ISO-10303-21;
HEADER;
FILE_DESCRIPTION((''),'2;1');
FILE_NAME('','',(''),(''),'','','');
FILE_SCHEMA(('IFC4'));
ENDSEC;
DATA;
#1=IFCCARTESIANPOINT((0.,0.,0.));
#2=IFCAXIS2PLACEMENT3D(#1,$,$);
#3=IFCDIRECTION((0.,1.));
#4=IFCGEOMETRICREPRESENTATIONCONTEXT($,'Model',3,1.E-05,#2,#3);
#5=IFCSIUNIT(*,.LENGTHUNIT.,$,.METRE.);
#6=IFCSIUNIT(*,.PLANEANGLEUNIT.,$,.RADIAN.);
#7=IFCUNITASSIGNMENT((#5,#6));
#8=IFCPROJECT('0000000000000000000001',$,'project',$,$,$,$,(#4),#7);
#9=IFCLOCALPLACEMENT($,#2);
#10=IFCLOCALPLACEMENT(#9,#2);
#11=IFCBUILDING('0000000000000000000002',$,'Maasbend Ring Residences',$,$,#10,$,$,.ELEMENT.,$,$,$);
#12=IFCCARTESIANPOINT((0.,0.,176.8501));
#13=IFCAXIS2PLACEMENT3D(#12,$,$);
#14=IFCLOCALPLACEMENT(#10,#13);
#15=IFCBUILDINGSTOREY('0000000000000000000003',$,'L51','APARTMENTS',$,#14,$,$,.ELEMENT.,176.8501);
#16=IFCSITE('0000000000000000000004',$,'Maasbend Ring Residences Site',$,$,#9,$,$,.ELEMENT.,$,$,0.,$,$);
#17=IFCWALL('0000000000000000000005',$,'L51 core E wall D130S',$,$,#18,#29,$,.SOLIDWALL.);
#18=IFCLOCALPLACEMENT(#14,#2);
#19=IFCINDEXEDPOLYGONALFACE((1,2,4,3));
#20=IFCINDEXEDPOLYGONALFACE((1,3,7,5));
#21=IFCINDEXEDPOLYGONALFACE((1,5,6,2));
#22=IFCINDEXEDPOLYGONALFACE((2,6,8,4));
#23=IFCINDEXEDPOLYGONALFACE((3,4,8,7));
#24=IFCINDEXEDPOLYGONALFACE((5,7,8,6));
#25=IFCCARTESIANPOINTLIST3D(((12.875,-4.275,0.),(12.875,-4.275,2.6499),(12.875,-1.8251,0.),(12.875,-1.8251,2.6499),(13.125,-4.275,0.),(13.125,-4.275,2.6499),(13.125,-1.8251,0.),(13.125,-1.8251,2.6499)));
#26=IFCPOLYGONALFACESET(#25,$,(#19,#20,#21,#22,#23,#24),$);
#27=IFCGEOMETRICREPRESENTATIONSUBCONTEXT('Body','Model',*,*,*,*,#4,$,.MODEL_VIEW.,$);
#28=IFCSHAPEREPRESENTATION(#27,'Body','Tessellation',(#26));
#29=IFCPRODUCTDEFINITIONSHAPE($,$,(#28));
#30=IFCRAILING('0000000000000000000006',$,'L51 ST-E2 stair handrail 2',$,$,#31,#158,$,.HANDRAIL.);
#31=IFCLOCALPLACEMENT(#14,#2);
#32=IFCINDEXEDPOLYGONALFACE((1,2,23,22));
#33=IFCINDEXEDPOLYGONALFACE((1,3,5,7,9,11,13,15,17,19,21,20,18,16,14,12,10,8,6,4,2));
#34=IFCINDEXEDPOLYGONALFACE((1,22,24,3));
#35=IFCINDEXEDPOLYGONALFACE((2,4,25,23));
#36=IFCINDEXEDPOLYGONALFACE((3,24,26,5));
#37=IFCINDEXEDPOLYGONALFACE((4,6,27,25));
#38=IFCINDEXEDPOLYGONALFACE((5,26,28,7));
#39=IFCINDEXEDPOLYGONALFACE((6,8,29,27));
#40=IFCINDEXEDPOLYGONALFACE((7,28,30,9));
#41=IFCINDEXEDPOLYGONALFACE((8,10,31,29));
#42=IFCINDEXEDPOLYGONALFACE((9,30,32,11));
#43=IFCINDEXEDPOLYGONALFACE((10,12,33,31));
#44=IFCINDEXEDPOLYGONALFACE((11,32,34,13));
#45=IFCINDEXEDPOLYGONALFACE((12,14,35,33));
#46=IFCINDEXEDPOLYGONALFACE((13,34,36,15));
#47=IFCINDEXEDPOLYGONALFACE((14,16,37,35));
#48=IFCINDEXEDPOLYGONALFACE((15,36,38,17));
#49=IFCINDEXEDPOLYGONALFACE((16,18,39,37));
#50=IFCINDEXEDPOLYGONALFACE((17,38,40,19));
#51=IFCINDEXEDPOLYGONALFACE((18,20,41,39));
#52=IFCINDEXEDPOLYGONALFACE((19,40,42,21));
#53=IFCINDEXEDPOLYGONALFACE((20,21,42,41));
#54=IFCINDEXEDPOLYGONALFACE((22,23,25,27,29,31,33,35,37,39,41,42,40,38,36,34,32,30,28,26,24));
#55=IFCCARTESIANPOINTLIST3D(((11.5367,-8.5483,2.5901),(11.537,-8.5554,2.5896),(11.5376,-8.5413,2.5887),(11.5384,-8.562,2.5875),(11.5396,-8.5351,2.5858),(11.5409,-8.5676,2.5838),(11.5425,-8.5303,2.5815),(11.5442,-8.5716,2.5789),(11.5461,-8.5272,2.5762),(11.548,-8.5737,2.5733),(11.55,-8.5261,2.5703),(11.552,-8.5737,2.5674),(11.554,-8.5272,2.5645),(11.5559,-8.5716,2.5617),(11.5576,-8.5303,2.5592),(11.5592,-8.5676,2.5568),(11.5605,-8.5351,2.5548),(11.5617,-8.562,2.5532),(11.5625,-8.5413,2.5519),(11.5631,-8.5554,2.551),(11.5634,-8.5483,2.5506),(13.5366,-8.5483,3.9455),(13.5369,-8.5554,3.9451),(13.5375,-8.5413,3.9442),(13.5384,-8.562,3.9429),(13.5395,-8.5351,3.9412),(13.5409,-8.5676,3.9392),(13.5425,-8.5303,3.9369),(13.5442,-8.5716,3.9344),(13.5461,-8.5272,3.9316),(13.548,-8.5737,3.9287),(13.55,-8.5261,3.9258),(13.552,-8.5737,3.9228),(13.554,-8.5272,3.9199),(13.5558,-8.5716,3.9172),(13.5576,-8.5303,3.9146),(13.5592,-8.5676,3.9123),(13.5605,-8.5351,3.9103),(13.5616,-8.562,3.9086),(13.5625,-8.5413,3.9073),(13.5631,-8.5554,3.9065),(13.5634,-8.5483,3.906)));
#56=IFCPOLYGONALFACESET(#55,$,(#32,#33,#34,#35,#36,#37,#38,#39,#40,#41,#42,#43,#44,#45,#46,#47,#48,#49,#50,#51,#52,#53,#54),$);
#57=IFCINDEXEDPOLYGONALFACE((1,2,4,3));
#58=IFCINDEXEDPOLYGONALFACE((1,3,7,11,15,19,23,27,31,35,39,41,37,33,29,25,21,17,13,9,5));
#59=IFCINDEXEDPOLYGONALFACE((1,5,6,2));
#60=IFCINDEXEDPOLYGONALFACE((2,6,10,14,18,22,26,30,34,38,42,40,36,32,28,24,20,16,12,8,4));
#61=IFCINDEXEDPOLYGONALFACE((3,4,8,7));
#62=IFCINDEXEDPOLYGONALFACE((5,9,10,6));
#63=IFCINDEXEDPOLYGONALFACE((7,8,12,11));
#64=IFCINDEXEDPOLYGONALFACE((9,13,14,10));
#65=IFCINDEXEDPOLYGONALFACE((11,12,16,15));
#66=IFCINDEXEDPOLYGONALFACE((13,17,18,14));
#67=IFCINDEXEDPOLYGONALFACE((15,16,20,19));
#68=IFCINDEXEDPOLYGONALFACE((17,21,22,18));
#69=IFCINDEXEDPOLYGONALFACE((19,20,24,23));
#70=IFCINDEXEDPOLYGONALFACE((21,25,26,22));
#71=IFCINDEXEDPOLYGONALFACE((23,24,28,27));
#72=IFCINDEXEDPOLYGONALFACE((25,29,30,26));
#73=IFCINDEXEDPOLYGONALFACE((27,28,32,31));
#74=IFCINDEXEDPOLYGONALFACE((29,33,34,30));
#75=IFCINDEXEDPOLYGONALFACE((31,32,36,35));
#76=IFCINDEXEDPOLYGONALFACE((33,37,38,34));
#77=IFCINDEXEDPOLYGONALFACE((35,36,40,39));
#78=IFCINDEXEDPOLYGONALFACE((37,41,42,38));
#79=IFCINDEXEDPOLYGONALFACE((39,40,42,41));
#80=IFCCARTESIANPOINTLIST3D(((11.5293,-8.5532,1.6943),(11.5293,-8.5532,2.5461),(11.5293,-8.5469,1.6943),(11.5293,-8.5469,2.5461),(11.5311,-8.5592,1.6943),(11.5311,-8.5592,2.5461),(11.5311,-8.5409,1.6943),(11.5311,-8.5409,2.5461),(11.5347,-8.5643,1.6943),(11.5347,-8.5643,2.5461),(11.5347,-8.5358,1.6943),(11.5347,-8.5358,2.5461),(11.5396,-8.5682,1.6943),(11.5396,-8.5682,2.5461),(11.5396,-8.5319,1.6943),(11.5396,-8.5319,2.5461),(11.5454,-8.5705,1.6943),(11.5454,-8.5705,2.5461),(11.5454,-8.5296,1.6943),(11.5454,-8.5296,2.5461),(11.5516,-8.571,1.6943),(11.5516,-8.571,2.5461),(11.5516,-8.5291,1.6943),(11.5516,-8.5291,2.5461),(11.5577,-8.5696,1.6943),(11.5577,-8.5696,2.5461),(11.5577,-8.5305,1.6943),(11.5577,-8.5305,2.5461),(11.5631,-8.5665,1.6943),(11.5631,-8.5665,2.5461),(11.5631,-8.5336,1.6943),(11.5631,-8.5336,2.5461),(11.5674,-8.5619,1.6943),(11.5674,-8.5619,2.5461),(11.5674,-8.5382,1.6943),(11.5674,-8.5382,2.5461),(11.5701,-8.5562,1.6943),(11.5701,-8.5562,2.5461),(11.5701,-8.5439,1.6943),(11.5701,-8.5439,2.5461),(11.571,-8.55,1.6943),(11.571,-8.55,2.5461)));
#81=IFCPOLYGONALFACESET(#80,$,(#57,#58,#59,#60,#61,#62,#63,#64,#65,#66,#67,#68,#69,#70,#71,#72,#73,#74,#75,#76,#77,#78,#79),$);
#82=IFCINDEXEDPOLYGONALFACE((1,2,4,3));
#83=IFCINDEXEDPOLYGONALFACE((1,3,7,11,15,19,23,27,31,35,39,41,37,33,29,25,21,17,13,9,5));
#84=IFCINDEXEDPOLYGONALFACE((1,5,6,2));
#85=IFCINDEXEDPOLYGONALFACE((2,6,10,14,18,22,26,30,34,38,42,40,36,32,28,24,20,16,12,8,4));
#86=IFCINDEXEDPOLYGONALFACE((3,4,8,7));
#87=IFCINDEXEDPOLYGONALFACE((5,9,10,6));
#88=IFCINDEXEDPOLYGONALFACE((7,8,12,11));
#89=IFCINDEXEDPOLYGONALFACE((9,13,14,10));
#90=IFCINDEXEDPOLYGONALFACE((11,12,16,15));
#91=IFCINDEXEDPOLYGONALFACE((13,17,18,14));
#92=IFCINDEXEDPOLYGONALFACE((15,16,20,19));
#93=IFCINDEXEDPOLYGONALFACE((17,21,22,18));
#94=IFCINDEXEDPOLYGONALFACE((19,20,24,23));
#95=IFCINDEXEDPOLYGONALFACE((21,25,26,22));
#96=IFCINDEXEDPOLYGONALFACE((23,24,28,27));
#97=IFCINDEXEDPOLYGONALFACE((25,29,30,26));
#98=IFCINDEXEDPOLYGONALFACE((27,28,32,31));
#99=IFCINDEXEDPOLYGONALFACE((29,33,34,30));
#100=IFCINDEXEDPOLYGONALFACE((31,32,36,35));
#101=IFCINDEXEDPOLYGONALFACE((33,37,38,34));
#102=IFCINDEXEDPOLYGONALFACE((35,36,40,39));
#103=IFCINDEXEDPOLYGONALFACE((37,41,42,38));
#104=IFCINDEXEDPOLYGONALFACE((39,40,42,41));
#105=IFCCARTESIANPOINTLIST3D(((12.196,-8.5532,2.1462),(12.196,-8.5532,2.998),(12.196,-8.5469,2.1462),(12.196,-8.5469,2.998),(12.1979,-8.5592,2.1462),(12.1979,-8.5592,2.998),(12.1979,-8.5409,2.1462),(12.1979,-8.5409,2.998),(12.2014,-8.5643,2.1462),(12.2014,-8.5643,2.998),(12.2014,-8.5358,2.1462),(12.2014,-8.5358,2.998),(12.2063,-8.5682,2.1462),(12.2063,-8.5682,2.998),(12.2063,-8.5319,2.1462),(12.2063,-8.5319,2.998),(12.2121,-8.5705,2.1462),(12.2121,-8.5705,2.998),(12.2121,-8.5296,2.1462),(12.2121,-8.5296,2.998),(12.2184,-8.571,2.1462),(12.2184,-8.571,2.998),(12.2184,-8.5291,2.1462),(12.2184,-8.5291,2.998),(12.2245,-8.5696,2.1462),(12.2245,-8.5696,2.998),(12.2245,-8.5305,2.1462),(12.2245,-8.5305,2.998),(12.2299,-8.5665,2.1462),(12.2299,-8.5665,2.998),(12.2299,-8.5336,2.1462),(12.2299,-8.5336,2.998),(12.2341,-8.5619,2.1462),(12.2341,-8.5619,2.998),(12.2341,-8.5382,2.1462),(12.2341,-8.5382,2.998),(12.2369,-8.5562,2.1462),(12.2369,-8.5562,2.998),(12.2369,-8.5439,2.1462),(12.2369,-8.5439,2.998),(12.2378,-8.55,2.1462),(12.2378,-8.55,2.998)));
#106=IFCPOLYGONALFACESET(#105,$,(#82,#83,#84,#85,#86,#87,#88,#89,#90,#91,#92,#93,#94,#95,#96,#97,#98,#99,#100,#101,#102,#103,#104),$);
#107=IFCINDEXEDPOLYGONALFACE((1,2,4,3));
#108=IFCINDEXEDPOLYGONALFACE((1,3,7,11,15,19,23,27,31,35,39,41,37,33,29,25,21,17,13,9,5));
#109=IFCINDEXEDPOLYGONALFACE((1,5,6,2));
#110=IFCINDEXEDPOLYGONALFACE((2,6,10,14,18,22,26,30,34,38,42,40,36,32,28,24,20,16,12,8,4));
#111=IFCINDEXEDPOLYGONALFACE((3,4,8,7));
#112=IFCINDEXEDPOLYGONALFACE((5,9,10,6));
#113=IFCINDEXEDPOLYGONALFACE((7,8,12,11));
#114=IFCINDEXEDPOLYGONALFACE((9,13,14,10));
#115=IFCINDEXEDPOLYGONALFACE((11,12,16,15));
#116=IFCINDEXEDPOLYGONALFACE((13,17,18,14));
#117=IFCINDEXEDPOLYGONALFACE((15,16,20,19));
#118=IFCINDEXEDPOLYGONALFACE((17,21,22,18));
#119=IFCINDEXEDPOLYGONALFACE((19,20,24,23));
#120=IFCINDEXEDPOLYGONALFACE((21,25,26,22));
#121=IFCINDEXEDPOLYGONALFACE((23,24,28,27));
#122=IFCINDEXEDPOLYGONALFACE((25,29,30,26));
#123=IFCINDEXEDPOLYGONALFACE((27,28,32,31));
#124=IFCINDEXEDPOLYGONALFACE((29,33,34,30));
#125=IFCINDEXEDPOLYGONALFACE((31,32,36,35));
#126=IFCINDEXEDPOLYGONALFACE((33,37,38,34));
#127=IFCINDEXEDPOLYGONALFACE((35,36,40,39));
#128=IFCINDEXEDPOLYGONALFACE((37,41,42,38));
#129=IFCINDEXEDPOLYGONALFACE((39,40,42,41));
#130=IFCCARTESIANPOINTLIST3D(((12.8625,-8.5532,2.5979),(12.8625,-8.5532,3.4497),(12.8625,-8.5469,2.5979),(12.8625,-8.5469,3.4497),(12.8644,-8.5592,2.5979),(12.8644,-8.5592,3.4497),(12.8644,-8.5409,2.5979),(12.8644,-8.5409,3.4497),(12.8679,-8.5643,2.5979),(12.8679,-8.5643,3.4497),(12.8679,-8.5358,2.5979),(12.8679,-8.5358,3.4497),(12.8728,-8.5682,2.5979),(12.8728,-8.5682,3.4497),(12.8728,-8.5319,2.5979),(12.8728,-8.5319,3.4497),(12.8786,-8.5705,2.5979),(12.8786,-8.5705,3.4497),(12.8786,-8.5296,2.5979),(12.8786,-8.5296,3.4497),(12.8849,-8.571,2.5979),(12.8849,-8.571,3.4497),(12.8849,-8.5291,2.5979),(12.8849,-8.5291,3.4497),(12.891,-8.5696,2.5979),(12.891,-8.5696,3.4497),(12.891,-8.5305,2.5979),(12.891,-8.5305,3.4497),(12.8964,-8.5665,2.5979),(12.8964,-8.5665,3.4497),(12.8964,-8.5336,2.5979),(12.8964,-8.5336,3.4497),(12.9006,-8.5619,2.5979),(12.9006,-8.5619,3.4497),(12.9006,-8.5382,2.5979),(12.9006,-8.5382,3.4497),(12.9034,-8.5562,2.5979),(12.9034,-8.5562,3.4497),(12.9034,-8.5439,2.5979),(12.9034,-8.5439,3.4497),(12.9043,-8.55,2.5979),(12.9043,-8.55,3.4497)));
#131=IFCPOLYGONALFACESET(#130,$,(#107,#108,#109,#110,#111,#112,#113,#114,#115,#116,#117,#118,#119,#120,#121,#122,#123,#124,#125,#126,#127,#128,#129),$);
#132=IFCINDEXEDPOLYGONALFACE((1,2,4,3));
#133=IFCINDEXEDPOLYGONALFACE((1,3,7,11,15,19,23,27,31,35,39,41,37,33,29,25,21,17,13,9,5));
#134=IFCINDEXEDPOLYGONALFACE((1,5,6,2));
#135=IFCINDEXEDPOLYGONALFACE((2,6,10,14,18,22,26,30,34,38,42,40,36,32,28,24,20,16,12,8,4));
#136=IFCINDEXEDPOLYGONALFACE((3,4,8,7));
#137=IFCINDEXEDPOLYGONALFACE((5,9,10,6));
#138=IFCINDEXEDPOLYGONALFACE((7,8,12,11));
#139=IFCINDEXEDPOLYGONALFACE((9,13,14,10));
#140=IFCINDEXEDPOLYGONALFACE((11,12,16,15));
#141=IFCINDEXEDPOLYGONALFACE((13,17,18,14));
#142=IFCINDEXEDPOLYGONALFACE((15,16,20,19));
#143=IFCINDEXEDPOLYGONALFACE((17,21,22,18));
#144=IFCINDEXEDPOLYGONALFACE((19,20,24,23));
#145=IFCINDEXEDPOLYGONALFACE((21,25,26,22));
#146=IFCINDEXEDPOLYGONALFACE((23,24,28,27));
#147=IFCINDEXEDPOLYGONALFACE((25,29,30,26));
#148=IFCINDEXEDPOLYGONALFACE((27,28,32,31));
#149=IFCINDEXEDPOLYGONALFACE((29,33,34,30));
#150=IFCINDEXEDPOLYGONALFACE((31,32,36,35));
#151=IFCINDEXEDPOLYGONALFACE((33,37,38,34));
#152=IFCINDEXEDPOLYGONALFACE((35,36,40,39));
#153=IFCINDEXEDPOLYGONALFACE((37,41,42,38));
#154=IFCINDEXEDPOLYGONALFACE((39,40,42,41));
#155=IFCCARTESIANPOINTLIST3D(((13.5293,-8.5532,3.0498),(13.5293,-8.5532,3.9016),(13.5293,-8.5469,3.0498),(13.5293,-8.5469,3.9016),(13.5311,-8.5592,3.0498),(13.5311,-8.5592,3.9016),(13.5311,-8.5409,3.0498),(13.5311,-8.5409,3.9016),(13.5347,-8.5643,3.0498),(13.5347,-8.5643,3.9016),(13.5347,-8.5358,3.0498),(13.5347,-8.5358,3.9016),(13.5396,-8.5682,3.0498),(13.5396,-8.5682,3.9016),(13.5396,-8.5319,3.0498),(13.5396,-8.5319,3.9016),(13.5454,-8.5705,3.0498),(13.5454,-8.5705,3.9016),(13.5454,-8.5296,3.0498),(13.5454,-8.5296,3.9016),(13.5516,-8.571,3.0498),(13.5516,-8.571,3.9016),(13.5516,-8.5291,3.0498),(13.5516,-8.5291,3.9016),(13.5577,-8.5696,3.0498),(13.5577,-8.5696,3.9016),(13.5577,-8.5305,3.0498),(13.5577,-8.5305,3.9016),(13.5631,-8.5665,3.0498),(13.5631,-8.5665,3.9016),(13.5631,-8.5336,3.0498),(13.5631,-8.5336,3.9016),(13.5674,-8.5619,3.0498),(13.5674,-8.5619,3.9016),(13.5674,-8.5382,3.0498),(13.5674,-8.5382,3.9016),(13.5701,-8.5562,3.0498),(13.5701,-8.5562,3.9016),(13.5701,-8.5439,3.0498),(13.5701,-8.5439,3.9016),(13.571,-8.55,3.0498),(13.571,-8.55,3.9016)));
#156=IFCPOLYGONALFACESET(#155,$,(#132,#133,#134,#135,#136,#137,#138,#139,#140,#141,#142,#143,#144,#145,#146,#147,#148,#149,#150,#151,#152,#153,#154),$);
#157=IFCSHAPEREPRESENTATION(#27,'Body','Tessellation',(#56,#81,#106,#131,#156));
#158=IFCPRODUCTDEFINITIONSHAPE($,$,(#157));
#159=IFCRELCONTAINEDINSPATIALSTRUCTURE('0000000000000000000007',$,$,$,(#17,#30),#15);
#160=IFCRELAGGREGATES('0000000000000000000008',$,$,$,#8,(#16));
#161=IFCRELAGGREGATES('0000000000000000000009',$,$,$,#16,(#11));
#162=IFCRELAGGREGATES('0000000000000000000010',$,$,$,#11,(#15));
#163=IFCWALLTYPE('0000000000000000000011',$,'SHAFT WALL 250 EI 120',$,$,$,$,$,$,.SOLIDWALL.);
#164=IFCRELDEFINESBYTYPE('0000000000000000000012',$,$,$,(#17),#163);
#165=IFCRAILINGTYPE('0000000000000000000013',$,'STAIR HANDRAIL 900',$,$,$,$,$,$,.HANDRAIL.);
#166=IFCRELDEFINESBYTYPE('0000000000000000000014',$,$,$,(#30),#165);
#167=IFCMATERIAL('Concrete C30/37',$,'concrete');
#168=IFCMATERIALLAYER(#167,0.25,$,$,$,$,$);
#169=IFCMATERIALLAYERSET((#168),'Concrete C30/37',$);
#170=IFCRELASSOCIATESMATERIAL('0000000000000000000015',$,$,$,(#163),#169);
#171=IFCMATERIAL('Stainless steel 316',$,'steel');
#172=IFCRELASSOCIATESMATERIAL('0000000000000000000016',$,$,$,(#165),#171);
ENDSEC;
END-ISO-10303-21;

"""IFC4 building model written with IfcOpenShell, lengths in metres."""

from ifc_helpers import new_model, si_unit, direction, frame, frame_2d, origin, origin_2d, place, context, subcontext, project, spatial, rectangle, circle, extrude, material, layer, layer_set, type_object, element, save


model = new_model("IFC4")

# Units and contexts
model_context = context("Model", 3, precision=1e-05, world=origin(), true_north=direction((0.0, 1.0)))
body_context = subcontext(model_context, "Body", "Model", "MODEL_VIEW")
ifc_project = project(units=[si_unit("LENGTHUNIT", "METRE"), si_unit("PLANEANGLEUNIT", "RADIAN")], contexts=[model_context])

# Site, building, storey
site_placement = place(None, origin())
site = spatial("IfcSite", under=ifc_project, at=site_placement, Name="Maasbend Ring Residences Site", CompositionType="ELEMENT", RefElevation=0.0)
building_placement = place(site_placement, origin())
building = spatial("IfcBuilding", under=site, at=building_placement, Name="Maasbend Ring Residences", CompositionType="ELEMENT")
storey_placement = place(building_placement, frame((0.0, 0.0, 176.8501)))
storey = spatial("IfcBuildingStorey", under=building, at=storey_placement, Name="L51", Description="APARTMENTS", CompositionType="ELEMENT", Elevation=176.8501)

# Wall
ifc_material_1 = material(Name="Concrete C30/37", Category="concrete")
ifc_layer_1 = layer(ifc_material_1, 0.25)
ifc_layer_set_1 = layer_set([ifc_layer_1], Name="Concrete C30/37")
wall_type_1 = type_object("IfcWallType", Name="SHAFT WALL 250 EI 120", PredefinedType="SOLIDWALL", material=ifc_layer_set_1)
for number, where, z_axis, x_axis, name in (
    (1, (13.0, -1.825, 0.0), (0.0, 0.0, 1.0), (0.0, -1.0, 0.0), "L51 core E wall D130S"),
):
    element("IfcWall", number, at=place(storey_placement, frame(where, z_axis=z_axis, x_axis=x_axis)), inside=storey, type_object=wall_type_1, Name=name, PredefinedType="SOLIDWALL", context=body_context, shape_type="SweptSolid", body=[
        extrude(rectangle(XDim=2.45, YDim=0.25, at=frame_2d((1.2251, 0.0))), origin(), (0.0, 0.0, 1.0), 2.6499),
    ])

# Railing
ifc_material_2 = material(Name="Stainless steel 316", Category="steel")
railing_type = type_object("IfcRailingType", Name="STAIR HANDRAIL 900", PredefinedType="HANDRAIL", material=ifc_material_2)
railing_placement = place(storey_placement, frame((11.55, -8.55, 1.6943)))
element("IfcRailing", 2, at=railing_placement, inside=storey, type_object=railing_type, Name="L51 ST-E2 stair handrail 2", PredefinedType="HANDRAIL", context=body_context, shape_type="SweptSolid", body=[
    extrude(circle(Radius=0.0239, at=origin_2d()), frame((0.0, 0.0, 0.876), z_axis=(0.827798, 0.0, 0.561027), x_axis=(0.0, 1.0, 0.0)), (0.0, 0.0, 1.0), 2.416),
    extrude(circle(Radius=0.021, at=origin_2d()), origin(), (0.0, 0.0, 1.0), 0.8518),
    extrude(circle(Radius=0.021, at=origin_2d()), frame((0.6667, 0.0, 0.4519)), (0.0, 0.0, 1.0), 0.8518),
    extrude(circle(Radius=0.021, at=origin_2d()), frame((1.3333, 0.0, 0.9036)), (0.0, 0.0, 1.0), 0.8518),
    extrude(circle(Radius=0.021, at=origin_2d()), frame((2.0, 0.0, 1.3555)), (0.0, 0.0, 1.0), 0.8518),
])

save(model, "model.ifc")
